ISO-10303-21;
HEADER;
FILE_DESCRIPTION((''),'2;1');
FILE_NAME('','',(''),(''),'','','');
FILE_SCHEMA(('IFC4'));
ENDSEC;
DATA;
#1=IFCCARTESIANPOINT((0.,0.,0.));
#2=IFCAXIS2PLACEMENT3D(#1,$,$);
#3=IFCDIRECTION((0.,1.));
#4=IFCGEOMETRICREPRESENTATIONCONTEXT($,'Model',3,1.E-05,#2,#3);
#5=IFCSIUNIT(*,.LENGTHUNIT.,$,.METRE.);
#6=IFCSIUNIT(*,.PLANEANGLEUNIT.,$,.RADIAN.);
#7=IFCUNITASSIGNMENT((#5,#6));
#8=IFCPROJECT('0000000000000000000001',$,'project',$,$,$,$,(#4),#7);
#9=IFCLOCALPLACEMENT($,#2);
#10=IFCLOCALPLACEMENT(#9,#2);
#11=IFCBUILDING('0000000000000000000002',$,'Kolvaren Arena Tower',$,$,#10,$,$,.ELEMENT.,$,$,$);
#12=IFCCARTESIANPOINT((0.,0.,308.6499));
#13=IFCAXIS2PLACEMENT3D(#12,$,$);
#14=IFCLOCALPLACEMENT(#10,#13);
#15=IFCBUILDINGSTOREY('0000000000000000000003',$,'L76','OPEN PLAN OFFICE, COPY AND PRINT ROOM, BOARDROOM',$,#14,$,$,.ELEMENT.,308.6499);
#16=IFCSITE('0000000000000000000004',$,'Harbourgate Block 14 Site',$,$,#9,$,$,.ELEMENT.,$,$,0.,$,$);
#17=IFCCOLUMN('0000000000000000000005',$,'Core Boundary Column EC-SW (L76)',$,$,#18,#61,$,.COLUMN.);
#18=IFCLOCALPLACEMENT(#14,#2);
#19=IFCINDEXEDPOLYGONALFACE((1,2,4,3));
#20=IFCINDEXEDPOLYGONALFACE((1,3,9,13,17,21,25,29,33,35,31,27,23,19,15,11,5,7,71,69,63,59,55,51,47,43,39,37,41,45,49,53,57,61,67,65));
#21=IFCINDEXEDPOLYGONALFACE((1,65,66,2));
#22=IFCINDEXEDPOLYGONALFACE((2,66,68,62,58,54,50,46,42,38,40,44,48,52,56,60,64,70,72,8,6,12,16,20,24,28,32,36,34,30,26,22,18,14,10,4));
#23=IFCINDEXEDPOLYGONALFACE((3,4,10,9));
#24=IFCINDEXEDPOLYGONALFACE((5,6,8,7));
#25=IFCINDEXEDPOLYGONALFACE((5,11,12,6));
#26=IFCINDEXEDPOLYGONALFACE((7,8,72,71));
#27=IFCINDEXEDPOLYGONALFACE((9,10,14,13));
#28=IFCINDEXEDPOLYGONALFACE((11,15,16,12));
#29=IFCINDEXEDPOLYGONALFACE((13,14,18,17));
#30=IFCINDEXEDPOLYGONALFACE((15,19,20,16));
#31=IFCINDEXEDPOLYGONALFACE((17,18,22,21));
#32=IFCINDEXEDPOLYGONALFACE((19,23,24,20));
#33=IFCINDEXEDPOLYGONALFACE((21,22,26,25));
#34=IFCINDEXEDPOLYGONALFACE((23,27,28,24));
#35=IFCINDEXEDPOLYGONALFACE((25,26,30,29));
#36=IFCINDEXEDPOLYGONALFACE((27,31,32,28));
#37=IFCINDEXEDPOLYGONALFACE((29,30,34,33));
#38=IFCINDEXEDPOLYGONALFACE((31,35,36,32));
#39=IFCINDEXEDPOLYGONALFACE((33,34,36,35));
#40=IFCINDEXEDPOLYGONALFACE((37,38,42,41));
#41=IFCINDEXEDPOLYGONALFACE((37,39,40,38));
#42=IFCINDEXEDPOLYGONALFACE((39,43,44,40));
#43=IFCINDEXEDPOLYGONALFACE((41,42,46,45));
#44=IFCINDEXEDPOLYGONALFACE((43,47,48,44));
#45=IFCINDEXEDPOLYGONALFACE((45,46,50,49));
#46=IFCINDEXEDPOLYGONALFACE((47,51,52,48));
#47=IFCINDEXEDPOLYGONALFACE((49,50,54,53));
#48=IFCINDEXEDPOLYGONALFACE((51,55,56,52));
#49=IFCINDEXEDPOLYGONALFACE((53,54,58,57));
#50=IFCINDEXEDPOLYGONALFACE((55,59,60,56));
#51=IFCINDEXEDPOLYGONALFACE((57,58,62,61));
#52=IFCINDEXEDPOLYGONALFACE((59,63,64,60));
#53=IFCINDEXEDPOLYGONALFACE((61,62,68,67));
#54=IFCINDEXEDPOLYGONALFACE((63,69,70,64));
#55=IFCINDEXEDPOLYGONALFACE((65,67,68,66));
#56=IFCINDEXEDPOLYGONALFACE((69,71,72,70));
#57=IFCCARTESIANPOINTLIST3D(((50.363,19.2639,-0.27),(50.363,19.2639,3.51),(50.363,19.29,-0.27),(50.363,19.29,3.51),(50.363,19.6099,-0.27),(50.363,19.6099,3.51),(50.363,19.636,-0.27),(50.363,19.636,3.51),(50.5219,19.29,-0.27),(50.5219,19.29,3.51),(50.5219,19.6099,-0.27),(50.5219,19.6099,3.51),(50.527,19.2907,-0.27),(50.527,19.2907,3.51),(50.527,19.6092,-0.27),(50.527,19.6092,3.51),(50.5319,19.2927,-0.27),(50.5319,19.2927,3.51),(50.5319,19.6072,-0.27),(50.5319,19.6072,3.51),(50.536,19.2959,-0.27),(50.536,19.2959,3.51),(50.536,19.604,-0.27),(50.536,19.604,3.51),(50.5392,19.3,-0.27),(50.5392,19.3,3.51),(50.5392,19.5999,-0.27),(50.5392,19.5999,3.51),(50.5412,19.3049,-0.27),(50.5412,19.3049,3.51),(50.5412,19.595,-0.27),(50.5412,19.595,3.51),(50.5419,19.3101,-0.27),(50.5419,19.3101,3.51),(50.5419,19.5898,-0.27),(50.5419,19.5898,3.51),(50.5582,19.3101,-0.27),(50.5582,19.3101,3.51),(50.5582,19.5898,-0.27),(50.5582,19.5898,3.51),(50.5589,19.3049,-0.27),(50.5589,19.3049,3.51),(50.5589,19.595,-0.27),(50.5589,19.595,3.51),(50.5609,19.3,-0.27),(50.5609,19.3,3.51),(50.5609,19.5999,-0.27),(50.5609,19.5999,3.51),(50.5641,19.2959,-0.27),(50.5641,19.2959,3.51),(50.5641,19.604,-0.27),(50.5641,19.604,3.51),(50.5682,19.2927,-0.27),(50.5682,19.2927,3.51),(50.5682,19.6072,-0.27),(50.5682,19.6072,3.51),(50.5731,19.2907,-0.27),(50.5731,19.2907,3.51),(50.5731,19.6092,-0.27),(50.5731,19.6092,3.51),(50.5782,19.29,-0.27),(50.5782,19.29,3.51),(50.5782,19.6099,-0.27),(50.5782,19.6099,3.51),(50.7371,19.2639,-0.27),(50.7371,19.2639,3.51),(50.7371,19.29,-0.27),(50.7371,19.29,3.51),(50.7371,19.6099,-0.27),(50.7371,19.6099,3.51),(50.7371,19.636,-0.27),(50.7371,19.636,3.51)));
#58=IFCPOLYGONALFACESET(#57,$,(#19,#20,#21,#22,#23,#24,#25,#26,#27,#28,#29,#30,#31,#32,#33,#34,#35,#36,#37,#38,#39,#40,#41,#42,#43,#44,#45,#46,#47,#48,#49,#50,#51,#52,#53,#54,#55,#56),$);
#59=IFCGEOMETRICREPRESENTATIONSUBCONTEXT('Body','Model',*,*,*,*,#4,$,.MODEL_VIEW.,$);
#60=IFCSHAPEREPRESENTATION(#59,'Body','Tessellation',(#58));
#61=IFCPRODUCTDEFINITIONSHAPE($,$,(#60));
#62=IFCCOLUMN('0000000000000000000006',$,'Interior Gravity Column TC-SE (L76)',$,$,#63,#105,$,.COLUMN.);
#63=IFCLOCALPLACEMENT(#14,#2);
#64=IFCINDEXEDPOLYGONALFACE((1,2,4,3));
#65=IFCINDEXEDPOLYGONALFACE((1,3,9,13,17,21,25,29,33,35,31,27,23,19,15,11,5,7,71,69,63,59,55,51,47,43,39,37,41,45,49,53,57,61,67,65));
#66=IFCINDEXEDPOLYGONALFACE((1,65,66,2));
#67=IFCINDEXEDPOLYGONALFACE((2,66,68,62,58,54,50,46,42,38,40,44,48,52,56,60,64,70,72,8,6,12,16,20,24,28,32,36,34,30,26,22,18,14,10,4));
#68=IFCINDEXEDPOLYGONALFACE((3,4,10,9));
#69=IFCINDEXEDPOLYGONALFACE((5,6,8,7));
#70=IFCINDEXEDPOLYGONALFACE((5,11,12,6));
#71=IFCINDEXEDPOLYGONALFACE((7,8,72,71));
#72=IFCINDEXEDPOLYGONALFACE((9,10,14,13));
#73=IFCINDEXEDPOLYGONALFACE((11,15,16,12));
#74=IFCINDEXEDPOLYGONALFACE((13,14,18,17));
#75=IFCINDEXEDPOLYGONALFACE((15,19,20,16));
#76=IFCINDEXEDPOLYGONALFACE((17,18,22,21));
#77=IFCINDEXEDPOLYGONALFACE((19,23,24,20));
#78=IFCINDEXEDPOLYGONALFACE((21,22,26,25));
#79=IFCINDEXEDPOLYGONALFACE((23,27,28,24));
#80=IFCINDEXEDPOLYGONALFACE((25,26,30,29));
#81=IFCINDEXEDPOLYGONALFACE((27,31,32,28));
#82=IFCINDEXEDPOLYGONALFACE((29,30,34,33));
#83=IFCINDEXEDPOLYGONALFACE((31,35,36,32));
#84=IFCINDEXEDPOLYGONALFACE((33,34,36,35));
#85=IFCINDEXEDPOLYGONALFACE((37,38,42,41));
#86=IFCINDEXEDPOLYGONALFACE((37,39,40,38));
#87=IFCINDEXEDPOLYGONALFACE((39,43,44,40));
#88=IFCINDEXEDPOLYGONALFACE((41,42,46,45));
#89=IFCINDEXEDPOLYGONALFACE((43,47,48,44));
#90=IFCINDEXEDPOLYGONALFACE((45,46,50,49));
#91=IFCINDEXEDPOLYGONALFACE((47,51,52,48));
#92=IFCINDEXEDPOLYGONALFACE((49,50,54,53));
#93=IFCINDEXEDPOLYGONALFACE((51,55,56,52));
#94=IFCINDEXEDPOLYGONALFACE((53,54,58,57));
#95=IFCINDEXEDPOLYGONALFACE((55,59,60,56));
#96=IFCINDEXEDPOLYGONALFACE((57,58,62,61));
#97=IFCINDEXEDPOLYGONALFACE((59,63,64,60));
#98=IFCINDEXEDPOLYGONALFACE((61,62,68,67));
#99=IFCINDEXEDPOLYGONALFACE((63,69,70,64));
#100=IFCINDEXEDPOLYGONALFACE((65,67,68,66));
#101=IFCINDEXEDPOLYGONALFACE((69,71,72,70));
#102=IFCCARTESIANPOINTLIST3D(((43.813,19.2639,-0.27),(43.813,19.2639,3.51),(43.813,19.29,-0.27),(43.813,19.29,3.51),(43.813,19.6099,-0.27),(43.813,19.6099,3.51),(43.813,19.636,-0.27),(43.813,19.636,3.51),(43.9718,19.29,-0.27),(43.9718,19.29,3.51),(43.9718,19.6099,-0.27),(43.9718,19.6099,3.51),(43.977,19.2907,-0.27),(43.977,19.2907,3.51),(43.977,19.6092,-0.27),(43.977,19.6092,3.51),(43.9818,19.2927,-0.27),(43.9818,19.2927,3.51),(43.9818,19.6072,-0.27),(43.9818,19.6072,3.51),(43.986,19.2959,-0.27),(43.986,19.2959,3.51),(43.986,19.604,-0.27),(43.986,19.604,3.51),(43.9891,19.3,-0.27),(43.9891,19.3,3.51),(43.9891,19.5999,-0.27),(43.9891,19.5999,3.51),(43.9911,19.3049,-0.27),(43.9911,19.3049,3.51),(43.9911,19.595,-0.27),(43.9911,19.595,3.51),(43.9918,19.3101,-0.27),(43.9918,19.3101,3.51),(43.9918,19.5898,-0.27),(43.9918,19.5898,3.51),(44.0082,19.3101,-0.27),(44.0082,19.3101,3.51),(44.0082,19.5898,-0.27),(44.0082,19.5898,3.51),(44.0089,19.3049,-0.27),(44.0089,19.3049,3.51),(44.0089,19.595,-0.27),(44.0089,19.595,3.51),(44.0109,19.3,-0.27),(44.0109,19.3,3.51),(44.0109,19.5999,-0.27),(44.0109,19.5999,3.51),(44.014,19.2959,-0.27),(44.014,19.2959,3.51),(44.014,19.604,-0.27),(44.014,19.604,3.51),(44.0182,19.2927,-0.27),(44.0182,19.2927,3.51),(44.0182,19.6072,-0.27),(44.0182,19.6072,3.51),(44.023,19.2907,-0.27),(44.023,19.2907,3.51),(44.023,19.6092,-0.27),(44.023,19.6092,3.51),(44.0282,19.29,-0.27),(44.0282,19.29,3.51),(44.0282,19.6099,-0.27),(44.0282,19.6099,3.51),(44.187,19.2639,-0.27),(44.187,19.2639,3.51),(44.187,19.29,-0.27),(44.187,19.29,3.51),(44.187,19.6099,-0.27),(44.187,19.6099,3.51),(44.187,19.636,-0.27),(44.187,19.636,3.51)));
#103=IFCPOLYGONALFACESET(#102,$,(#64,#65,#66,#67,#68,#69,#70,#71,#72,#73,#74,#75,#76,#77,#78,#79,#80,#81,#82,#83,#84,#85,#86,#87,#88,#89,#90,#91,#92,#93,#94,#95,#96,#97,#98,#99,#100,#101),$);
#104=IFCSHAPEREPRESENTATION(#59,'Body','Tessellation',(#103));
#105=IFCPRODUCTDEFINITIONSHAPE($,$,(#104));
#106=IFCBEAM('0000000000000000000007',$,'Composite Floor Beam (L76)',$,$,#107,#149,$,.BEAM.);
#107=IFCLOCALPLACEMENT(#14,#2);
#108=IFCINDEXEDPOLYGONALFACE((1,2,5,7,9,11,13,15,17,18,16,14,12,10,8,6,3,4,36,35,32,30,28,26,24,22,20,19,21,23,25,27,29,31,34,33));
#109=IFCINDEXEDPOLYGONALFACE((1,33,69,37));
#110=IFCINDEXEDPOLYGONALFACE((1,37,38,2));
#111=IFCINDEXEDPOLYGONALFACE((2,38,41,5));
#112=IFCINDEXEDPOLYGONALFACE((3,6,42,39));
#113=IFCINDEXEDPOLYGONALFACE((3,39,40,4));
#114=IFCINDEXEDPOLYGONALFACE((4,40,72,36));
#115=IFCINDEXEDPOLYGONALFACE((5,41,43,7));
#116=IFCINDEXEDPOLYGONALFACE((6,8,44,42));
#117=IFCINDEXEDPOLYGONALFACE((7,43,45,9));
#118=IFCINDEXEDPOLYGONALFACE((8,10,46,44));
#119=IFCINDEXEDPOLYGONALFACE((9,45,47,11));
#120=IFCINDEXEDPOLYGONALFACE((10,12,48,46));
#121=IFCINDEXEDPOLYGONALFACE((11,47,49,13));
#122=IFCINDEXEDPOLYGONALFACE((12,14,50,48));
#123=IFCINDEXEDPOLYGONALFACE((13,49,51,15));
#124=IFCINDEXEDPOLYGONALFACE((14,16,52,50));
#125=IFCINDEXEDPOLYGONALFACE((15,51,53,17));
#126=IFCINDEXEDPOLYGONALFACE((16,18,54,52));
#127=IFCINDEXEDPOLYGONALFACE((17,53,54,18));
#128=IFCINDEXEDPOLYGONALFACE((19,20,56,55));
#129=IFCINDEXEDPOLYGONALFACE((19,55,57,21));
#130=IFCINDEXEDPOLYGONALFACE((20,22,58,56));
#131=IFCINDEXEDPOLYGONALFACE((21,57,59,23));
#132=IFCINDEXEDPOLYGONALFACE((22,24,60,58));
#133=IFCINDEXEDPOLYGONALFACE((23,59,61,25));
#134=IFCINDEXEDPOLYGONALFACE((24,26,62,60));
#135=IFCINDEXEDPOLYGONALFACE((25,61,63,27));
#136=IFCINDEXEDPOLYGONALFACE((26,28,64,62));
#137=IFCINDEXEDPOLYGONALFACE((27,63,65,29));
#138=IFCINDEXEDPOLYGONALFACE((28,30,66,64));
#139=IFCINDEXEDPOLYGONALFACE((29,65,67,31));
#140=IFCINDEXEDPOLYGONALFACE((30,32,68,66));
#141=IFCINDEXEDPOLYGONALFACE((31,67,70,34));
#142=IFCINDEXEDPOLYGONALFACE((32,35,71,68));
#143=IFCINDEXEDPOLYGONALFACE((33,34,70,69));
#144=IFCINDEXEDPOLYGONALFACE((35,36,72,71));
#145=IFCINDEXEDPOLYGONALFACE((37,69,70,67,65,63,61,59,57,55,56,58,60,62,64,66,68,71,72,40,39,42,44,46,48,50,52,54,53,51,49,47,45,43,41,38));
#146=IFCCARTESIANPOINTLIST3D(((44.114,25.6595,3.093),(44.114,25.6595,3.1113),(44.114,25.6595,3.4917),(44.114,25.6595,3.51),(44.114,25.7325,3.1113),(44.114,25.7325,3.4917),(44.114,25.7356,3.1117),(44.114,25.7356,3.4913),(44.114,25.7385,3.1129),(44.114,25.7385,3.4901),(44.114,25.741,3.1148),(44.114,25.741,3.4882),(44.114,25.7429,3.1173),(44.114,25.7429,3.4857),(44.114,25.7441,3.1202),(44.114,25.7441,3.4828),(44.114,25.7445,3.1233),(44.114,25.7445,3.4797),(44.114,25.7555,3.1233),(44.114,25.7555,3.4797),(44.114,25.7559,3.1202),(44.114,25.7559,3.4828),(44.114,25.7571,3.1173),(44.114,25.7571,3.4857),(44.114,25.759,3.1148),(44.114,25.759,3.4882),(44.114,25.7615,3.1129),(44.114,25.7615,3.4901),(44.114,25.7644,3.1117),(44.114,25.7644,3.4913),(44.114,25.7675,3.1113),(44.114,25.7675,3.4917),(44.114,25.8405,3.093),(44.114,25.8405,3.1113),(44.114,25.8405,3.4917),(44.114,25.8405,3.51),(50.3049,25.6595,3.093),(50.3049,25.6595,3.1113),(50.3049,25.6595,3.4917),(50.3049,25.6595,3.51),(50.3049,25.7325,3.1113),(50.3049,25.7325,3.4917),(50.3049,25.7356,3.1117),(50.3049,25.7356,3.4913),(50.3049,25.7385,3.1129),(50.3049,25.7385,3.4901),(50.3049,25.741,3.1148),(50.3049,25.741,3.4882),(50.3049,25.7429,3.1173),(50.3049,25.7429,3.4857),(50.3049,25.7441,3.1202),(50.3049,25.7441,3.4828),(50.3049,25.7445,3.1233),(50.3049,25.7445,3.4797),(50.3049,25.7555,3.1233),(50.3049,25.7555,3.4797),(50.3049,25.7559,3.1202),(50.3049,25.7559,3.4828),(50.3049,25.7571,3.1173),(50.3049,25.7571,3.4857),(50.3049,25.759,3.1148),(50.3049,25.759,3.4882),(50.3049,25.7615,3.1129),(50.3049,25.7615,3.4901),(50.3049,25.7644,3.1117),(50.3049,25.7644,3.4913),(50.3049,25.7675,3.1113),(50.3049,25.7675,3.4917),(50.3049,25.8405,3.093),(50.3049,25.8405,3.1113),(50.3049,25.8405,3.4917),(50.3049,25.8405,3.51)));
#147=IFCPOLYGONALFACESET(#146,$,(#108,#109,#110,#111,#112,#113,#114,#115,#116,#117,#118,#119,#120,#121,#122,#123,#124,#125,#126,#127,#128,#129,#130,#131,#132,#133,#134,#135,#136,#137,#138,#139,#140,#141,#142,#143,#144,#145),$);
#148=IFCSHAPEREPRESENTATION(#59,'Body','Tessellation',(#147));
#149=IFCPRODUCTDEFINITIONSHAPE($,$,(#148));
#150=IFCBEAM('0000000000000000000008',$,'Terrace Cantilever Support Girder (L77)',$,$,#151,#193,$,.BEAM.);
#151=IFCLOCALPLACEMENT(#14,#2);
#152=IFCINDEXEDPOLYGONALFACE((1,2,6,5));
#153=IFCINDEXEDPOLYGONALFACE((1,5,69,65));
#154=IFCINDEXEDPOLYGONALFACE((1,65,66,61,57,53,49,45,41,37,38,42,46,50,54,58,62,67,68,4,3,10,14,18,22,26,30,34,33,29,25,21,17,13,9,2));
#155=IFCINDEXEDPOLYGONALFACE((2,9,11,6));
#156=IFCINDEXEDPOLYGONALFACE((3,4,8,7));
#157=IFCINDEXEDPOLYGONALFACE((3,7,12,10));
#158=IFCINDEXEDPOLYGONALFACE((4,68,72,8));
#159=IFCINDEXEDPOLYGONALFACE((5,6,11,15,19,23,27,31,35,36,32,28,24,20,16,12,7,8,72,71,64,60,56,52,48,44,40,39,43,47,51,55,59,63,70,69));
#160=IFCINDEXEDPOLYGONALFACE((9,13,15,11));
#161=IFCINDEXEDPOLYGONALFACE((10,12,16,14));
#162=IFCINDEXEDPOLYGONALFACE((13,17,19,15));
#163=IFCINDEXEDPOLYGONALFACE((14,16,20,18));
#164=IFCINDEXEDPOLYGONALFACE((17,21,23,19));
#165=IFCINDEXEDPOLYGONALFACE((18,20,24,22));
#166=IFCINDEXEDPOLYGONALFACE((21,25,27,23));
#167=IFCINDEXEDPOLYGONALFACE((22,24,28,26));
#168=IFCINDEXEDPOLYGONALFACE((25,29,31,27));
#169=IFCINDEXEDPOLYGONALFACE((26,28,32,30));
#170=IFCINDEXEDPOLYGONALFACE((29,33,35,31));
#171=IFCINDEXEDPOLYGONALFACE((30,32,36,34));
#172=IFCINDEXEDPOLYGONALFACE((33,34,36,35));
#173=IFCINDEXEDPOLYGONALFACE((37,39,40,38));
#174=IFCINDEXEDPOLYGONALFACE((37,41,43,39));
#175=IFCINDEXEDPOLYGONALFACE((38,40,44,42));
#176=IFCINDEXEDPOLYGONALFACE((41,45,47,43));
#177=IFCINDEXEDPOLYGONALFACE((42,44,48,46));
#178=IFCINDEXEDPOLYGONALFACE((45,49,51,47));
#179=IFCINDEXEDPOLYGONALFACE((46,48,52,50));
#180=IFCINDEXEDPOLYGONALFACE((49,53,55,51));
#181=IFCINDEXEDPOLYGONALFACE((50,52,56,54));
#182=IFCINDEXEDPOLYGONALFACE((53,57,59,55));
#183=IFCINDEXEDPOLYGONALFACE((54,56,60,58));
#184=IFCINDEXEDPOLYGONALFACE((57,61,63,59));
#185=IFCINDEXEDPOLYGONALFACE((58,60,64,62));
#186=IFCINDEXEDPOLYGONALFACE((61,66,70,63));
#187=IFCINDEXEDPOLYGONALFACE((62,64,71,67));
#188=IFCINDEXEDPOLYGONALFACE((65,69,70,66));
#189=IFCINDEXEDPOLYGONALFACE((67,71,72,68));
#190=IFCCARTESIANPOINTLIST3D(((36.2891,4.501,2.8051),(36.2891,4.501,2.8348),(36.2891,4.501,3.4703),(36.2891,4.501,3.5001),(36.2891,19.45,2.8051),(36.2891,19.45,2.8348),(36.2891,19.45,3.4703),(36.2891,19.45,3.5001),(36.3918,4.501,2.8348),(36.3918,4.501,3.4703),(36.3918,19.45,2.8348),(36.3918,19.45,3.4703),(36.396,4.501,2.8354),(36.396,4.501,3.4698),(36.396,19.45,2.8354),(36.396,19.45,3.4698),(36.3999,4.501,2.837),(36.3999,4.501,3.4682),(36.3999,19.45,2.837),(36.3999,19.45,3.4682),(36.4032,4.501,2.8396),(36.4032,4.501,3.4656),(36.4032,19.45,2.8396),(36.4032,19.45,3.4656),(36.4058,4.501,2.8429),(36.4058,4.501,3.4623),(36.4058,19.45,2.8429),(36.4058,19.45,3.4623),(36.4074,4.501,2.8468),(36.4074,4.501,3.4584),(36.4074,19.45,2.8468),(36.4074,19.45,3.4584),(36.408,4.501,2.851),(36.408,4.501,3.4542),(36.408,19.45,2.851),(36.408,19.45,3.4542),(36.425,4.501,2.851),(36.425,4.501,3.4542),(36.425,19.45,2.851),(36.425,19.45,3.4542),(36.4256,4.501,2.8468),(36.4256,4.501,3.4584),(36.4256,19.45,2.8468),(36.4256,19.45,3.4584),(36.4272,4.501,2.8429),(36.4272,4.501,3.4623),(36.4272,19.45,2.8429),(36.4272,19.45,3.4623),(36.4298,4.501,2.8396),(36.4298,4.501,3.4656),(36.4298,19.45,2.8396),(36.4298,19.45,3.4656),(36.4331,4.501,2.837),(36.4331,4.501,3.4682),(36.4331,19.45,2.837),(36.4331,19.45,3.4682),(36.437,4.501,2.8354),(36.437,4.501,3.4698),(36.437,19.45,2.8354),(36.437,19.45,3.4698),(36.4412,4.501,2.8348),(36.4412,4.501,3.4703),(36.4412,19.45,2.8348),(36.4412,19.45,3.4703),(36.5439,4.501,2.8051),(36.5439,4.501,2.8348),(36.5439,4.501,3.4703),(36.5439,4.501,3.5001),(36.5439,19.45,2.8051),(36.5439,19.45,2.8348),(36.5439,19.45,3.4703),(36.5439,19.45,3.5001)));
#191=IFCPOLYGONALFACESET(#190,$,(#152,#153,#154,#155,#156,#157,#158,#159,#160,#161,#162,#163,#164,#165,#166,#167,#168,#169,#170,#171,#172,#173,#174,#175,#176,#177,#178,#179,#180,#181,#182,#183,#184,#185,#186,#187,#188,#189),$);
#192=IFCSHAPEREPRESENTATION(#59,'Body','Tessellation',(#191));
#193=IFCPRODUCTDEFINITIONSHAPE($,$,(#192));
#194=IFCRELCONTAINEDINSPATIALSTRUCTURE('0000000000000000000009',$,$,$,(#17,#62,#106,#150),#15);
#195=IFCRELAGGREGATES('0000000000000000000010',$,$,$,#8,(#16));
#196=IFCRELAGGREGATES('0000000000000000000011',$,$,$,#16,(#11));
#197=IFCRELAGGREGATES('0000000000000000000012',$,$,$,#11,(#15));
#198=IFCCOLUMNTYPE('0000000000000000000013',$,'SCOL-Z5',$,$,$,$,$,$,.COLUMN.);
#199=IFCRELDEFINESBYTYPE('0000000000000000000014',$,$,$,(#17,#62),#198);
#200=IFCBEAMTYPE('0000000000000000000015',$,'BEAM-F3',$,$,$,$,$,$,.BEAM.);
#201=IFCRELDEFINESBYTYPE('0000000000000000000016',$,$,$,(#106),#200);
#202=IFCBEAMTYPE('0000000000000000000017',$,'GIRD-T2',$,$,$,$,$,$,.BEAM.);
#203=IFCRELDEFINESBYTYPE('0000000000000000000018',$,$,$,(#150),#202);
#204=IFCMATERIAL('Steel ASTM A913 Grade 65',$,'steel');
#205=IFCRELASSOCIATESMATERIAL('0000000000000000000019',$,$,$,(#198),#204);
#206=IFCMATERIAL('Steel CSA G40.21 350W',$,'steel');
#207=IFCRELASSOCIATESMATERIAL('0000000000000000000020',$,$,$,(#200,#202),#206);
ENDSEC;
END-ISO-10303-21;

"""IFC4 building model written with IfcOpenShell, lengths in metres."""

from ifc_helpers import new_model, si_unit, direction, frame, origin, origin_2d, place, context, subcontext, project, spatial, i_section, extrude, material, material_profile, profile_set, type_object, element, save


model = new_model("IFC4")

# Units and contexts
model_context = context("Model", 3, precision=1e-05, world=origin(), true_north=direction((0.0, 1.0)))
body_context = subcontext(model_context, "Body", "Model", "MODEL_VIEW")
ifc_project = project(units=[si_unit("LENGTHUNIT", "METRE"), si_unit("PLANEANGLEUNIT", "RADIAN")], contexts=[model_context])

# Site, building, storey
site_placement = place(None, origin())
site = spatial("IfcSite", under=ifc_project, at=site_placement, Name="Harbourgate Block 14 Site", CompositionType="ELEMENT", RefElevation=0.0)
building_placement = place(site_placement, origin())
building = spatial("IfcBuilding", under=site, at=building_placement, Name="Kolvaren Arena Tower", CompositionType="ELEMENT")
storey_placement = place(building_placement, frame((0.0, 0.0, 308.6499)))
storey = spatial("IfcBuildingStorey", under=building, at=storey_placement, Name="L76", Description="OPEN PLAN OFFICE, COPY AND PRINT ROOM, BOARDROOM", CompositionType="ELEMENT", Elevation=308.6499)

# Columns
ifc_material_1 = material(Name="Steel ASTM A913 Grade 65", Category="steel")
ifc_material_profile_1 = material_profile(ifc_material_1, i_section(OverallWidth=0.374, OverallDepth=0.3721, WebThickness=0.0164, FlangeThickness=0.0261, FilletRadius=0.02, at=origin_2d()), Name="W360x196")
ifc_profile_set_1 = profile_set([ifc_material_profile_1], Name="Steel ASTM A913 Grade 65")
column_type = type_object("IfcColumnType", Name="SCOL-Z5", PredefinedType="COLUMN", material=ifc_profile_set_1)
for number, where, z_axis, x_axis, name in (
    (1, (50.55, 19.45, -0.27), (0.0, 0.0, 1.0), (1.0, 0.0, 0.0), "Core Boundary Column EC-SW (L76)"),
    (2, (44.0, 19.45, -0.27), (0.0, 0.0, 1.0), (1.0, 0.0, 0.0), "Interior Gravity Column TC-SE (L76)"),
):
    element("IfcColumn", number, at=place(storey_placement, frame(where, z_axis=z_axis, x_axis=x_axis)), inside=storey, type_object=column_type, Name=name, PredefinedType="COLUMN", context=body_context, shape_type="SweptSolid", body=[
        extrude(i_section(OverallWidth=0.374, OverallDepth=0.3721, WebThickness=0.0164, FlangeThickness=0.0261, FilletRadius=0.02, at=origin_2d()), origin(), (0.0, 0.0, 1.0), 3.78),
    ])

# Beams
ifc_material_2 = material(Name="Steel CSA G40.21 350W", Category="steel")
ifc_material_profile_2 = material_profile(ifc_material_2, i_section(OverallWidth=0.1809, OverallDepth=0.417, WebThickness=0.011, FlangeThickness=0.0183, FilletRadius=0.012, at=origin_2d()), Name="W410x85")
ifc_profile_set_2 = profile_set([ifc_material_profile_2], Name="Steel CSA G40.21 350W")
beam_type_1 = type_object("IfcBeamType", Name="BEAM-F3", PredefinedType="BEAM", material=ifc_profile_set_2)
beam_1_placement = place(storey_placement, frame((44.114, 25.75, 3.3015), z_axis=(1.0, 0.0, 0.0), x_axis=(0.0, 1.0, 0.0)))
element("IfcBeam", 3, at=beam_1_placement, inside=storey, type_object=beam_type_1, Name="Composite Floor Beam (L76)", PredefinedType="BEAM", context=body_context, shape_type="SweptSolid", body=[
    extrude(i_section(OverallWidth=0.1809, OverallDepth=0.417, WebThickness=0.011, FlangeThickness=0.0183, FilletRadius=0.012, at=origin_2d()), origin(), (0.0, 0.0, 1.0), 6.1909),
])
ifc_material_profile_3 = material_profile(ifc_material_2, i_section(OverallWidth=0.2549, OverallDepth=0.6951, WebThickness=0.0171, FlangeThickness=0.0298, FilletRadius=0.0161, at=origin_2d()), Name="W690x217")
ifc_profile_set_3 = profile_set([ifc_material_profile_3], Name="Steel CSA G40.21 350W")
beam_type_2 = type_object("IfcBeamType", Name="GIRD-T2", PredefinedType="BEAM", material=ifc_profile_set_3)
beam_2_placement = place(storey_placement, frame((36.4165, 19.45, 3.1526), z_axis=(0.0, -1.0, 0.0), x_axis=(1.0, 0.0, 0.0)))
element("IfcBeam", 4, at=beam_2_placement, inside=storey, type_object=beam_type_2, Name="Terrace Cantilever Support Girder (L77)", PredefinedType="BEAM", context=body_context, shape_type="SweptSolid", body=[
    extrude(i_section(OverallWidth=0.2549, OverallDepth=0.6951, WebThickness=0.0171, FlangeThickness=0.0298, FilletRadius=0.0161, at=origin_2d()), origin(), (0.0, 0.0, 1.0), 14.949),
])

save(model, "model.ifc")
